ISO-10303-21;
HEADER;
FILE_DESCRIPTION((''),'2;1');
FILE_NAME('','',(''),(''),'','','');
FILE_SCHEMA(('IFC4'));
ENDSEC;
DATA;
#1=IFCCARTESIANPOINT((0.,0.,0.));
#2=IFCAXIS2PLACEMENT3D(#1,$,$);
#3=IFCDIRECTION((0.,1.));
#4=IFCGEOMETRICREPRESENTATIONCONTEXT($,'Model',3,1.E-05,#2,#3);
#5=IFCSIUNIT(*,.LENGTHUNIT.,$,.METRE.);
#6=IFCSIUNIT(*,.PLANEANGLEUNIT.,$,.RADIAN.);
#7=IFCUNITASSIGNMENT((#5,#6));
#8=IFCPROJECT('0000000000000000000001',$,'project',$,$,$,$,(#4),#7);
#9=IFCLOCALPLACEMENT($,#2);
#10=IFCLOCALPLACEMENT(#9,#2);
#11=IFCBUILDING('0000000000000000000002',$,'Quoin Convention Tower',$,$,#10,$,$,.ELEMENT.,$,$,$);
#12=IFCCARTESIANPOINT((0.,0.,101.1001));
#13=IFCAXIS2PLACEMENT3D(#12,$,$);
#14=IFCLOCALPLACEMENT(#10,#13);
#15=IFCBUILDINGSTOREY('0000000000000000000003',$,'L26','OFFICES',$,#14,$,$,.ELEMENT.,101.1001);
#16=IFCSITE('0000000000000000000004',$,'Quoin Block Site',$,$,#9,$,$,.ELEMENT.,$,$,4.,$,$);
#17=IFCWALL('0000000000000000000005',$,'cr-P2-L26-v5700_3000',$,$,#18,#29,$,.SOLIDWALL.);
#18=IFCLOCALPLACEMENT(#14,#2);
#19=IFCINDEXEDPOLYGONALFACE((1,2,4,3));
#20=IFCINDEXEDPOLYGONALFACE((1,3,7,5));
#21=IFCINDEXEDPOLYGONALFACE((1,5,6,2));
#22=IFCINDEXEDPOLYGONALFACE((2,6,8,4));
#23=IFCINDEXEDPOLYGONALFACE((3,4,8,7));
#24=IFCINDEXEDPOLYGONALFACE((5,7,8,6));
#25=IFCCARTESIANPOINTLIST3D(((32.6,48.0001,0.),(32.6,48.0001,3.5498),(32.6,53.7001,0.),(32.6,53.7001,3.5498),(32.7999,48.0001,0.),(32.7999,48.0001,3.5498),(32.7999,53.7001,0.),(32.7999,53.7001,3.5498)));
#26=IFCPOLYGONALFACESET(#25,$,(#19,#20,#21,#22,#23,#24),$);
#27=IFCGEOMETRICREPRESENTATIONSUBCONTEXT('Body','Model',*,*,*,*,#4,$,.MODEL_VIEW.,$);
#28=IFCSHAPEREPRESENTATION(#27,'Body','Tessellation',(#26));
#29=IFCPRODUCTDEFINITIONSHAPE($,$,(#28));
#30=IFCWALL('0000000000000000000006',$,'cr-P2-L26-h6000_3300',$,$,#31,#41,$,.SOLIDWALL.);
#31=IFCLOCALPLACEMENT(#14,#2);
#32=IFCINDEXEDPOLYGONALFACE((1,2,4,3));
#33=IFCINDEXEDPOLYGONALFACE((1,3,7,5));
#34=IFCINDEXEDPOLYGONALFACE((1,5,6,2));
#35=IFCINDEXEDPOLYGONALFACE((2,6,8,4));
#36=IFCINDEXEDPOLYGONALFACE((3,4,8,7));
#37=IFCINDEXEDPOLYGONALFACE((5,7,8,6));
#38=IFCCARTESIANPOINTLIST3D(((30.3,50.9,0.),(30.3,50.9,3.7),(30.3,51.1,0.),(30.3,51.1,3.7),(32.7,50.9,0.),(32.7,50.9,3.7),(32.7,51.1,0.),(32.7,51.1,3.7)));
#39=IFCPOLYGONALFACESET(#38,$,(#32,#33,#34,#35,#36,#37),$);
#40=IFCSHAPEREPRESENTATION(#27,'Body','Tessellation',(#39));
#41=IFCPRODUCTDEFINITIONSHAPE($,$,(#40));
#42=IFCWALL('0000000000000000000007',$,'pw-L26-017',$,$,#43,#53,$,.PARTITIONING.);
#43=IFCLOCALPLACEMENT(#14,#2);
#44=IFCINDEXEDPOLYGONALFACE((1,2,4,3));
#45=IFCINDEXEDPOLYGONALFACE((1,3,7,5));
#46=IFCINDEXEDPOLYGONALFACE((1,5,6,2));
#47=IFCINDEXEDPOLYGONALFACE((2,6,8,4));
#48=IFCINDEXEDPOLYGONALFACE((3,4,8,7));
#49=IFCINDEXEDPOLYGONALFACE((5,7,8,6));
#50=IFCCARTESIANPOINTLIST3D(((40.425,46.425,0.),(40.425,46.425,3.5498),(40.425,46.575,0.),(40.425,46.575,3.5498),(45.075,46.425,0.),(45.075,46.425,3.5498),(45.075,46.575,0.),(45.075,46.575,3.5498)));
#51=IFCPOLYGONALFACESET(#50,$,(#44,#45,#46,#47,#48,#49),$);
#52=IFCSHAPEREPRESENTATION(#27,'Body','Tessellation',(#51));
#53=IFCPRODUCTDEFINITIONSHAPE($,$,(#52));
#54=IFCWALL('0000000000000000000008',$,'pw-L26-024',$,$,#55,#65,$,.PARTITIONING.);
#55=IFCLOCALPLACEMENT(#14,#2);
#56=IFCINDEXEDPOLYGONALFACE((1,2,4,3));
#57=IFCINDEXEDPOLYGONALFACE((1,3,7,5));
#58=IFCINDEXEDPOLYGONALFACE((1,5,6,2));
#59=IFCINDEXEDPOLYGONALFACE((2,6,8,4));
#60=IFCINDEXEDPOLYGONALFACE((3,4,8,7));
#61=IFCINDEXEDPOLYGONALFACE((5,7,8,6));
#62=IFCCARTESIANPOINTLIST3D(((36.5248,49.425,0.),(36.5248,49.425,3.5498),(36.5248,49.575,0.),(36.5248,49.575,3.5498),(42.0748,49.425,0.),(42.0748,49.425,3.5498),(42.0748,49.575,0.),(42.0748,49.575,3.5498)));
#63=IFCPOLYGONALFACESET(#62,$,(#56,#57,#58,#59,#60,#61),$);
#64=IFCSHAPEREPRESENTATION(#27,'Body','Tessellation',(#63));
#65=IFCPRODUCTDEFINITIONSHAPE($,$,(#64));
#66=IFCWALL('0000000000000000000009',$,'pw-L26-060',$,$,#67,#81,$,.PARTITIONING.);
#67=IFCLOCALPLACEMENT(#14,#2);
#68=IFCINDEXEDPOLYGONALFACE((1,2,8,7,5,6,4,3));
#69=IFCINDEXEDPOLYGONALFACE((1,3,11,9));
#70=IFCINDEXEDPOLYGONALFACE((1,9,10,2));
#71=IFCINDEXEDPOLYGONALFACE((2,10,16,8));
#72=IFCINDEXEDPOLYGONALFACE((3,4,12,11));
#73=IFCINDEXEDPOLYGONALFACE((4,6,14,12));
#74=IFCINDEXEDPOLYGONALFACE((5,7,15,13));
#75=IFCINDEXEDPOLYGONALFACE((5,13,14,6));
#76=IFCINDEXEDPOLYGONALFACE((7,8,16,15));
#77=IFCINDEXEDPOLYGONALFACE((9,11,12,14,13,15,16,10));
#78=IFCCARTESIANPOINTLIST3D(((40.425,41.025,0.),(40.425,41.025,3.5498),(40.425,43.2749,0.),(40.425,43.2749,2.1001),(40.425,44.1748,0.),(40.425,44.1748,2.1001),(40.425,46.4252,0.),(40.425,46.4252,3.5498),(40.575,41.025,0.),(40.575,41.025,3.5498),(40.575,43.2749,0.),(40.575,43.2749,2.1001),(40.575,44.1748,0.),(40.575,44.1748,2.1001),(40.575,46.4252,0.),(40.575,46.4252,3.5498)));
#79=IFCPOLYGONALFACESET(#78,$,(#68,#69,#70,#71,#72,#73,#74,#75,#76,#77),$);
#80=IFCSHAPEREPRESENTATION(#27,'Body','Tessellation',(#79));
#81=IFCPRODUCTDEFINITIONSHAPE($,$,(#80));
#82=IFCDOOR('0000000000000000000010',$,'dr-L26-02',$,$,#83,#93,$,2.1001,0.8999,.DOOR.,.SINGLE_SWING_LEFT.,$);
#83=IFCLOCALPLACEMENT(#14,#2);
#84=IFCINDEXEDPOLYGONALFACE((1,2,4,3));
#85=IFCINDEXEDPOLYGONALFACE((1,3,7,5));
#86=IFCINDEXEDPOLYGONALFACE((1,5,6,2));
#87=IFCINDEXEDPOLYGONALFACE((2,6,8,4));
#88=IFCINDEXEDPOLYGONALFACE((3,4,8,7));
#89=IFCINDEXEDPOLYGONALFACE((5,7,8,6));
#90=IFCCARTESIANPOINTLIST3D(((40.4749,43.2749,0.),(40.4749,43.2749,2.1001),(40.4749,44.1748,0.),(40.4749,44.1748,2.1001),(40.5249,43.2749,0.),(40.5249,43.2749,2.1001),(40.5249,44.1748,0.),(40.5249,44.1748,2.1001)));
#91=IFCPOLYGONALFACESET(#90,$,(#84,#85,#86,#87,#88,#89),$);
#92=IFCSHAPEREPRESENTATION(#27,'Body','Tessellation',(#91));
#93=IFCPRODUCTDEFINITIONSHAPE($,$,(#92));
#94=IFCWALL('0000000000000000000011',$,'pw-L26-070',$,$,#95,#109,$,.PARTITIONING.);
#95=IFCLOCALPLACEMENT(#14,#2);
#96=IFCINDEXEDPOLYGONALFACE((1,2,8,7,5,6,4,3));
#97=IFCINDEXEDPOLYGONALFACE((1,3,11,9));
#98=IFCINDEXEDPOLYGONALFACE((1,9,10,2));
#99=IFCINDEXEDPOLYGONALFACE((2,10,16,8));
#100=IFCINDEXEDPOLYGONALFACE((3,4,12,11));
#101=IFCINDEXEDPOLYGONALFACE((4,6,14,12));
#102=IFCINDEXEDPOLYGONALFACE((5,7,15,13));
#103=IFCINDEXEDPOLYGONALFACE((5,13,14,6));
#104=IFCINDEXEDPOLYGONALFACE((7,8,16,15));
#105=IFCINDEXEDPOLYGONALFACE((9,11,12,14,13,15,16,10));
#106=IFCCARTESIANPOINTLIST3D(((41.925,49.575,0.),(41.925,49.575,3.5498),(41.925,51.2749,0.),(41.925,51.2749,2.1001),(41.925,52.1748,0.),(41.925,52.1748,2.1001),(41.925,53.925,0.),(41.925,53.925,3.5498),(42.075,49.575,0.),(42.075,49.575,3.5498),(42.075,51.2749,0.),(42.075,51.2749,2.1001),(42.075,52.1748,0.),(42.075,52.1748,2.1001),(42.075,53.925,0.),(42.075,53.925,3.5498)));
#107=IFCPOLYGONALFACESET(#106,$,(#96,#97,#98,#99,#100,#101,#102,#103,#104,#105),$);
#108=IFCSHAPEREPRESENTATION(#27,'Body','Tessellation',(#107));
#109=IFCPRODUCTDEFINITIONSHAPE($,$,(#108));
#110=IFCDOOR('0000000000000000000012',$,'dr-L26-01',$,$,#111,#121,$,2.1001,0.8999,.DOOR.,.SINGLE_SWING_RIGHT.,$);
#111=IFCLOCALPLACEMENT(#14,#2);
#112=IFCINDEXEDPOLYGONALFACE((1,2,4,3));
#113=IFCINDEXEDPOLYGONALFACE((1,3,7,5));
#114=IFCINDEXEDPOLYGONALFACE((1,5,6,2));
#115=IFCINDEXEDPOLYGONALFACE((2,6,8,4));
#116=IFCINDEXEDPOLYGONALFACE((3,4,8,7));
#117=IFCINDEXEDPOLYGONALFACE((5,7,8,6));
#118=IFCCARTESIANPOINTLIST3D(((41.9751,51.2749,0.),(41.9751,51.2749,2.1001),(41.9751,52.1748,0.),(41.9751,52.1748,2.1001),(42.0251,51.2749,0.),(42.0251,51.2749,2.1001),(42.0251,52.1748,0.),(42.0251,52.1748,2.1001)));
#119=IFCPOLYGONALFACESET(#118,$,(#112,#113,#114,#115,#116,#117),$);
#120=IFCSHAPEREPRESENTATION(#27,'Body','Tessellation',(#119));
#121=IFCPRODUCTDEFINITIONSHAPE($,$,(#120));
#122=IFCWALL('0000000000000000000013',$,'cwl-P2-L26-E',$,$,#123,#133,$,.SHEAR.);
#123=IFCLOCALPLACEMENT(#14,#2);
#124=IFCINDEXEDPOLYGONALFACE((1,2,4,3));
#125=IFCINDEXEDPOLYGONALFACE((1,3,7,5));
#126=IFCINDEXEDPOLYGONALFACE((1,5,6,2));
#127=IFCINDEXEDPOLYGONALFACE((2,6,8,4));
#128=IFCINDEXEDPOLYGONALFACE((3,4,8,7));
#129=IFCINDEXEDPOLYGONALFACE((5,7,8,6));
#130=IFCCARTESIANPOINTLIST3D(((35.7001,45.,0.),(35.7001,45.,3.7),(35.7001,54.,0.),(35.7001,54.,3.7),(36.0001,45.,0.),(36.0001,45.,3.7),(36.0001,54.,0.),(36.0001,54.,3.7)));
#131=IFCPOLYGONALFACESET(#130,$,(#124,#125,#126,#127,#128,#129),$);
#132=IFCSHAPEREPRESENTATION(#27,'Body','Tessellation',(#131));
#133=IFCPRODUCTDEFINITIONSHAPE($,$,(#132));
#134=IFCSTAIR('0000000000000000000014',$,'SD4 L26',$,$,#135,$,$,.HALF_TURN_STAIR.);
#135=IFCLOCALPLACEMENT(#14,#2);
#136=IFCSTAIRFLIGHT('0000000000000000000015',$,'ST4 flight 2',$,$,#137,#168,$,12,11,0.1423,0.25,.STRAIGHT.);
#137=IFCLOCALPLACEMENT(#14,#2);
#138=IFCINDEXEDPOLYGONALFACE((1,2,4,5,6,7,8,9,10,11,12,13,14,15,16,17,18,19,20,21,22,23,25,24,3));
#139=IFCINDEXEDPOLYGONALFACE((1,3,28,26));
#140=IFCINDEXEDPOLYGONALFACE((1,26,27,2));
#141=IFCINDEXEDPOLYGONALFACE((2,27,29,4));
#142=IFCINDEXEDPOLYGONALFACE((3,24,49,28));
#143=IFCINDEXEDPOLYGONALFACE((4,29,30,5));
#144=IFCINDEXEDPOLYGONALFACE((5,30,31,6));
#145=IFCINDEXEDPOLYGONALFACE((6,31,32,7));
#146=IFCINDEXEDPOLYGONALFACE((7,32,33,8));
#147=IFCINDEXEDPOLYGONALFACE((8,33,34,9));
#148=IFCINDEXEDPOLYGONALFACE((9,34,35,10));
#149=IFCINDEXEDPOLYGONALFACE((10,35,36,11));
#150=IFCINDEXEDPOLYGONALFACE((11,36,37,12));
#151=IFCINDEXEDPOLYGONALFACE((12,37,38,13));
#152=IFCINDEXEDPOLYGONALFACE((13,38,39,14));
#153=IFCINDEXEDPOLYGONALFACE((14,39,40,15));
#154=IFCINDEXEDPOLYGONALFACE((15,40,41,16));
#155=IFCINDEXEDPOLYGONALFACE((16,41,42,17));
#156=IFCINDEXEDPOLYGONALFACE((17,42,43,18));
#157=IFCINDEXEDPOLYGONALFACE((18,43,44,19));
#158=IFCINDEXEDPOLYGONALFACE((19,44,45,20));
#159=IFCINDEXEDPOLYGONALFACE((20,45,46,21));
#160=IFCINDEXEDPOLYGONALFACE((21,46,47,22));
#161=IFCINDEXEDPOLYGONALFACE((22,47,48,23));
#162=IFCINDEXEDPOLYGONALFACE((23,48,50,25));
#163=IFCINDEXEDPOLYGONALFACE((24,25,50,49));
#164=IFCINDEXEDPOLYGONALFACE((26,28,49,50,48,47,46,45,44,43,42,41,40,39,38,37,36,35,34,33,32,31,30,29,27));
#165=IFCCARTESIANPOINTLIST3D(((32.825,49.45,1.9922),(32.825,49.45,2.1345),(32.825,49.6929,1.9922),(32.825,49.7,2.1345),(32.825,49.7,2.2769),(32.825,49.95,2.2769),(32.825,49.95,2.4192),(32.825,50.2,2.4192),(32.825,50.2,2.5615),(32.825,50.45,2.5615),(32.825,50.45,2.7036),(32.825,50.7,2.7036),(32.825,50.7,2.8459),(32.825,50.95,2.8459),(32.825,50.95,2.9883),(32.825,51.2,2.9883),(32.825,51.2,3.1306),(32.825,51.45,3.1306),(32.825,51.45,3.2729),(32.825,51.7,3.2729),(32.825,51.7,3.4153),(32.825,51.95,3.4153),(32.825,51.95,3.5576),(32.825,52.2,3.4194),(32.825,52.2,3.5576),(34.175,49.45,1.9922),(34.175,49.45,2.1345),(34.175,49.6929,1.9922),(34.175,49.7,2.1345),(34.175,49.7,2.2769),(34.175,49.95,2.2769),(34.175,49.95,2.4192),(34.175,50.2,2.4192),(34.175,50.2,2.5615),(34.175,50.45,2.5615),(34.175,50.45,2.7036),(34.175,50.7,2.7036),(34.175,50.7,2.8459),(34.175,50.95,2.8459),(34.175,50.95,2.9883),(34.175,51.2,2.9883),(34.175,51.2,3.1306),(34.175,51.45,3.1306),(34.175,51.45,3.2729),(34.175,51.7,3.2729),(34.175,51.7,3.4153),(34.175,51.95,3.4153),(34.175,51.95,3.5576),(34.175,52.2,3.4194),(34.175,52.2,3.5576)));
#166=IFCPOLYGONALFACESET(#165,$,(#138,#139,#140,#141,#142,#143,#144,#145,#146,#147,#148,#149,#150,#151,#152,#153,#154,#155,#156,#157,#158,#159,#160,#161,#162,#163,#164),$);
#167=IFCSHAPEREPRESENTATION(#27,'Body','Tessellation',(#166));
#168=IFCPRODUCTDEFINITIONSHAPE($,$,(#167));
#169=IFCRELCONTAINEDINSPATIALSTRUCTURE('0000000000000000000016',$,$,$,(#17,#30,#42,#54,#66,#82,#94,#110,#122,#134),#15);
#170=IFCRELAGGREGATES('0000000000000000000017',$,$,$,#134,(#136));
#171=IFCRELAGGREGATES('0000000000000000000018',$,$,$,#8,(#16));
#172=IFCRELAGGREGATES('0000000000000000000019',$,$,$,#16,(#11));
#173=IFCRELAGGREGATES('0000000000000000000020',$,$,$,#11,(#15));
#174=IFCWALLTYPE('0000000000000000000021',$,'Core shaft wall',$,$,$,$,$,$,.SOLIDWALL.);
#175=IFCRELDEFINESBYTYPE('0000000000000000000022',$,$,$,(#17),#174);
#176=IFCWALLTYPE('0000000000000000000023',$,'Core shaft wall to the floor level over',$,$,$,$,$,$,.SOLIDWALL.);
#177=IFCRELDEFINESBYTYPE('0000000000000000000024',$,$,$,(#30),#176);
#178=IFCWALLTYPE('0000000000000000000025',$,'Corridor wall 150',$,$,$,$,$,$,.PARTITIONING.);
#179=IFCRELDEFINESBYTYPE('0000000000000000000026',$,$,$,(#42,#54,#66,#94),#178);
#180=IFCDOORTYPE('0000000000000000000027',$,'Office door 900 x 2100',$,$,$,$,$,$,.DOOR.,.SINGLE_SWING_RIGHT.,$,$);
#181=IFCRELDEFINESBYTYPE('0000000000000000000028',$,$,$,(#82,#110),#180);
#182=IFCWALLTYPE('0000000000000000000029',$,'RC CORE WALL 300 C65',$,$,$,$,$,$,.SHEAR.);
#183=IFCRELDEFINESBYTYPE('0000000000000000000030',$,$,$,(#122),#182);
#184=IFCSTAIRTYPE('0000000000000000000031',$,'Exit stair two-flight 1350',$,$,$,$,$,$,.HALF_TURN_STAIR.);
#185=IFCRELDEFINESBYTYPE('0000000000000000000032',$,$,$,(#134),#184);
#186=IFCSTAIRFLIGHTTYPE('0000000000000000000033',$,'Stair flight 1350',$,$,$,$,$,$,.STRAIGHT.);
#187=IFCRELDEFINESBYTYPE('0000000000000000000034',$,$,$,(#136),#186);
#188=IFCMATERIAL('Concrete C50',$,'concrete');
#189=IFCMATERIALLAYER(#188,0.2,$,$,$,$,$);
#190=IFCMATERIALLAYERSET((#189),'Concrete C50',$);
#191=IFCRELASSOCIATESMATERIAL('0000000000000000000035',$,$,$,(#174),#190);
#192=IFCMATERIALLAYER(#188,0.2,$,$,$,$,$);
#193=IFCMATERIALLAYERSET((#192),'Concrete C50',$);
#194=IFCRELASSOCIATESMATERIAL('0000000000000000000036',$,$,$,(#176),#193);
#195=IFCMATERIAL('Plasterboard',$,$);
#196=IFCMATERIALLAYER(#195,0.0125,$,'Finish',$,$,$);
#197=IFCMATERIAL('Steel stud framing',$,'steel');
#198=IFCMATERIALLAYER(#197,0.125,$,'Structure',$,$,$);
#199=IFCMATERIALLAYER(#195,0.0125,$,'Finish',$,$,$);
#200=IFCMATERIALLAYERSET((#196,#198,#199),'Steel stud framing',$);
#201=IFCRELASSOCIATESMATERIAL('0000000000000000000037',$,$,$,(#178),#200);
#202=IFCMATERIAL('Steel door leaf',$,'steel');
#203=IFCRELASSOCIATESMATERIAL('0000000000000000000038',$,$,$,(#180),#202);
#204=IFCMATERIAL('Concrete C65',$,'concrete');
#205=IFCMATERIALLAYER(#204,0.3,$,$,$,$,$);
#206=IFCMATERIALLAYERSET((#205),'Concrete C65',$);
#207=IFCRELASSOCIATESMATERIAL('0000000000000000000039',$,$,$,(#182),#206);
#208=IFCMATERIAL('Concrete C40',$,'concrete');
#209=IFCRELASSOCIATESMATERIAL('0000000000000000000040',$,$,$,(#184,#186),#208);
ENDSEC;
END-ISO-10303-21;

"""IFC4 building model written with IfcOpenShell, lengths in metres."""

from ifc_helpers import new_model, si_unit, direction, frame, frame_2d, origin, place, context, subcontext, project, spatial, polyline, rectangle, outline, extrude, material, layer, layer_set, type_object, element, fill, aggregate, save


model = new_model("IFC4")

# Units and contexts
model_context = context("Model", 3, precision=1e-05, world=origin(), true_north=direction((0.0, 1.0)))
body_context = subcontext(model_context, "Body", "Model", "MODEL_VIEW")
ifc_project = project(units=[si_unit("LENGTHUNIT", "METRE"), si_unit("PLANEANGLEUNIT", "RADIAN")], contexts=[model_context])

# Site, building, storey
site_placement = place(None, origin())
site = spatial("IfcSite", under=ifc_project, at=site_placement, Name="Quoin Block Site", CompositionType="ELEMENT", RefElevation=4.0)
building_placement = place(site_placement, origin())
building = spatial("IfcBuilding", under=site, at=building_placement, Name="Quoin Convention Tower", CompositionType="ELEMENT")
storey_placement = place(building_placement, frame((0.0, 0.0, 101.1001)))
storey = spatial("IfcBuildingStorey", under=building, at=storey_placement, Name="L26", Description="OFFICES", CompositionType="ELEMENT", Elevation=101.1001)

# Shared definitions
ifc_material_1 = material(Name="Concrete C65", Category="concrete")

# Walls
ifc_material_2 = material(Name="Concrete C50", Category="concrete")
ifc_layer_1 = layer(ifc_material_2, 0.2)
ifc_layer_set_1 = layer_set([ifc_layer_1], Name="Concrete C50")
wall_type_1 = type_object("IfcWallType", Name="Core shaft wall", PredefinedType="SOLIDWALL", material=ifc_layer_set_1)
wall_1_placement = place(storey_placement, frame((32.7, 48.0, 0.0), z_axis=(0.0, 0.0, 1.0), x_axis=(0.0, 1.0, 0.0)))
element("IfcWall", 1, at=wall_1_placement, inside=storey, type_object=wall_type_1, Name="cr-P2-L26-v5700_3000", PredefinedType="SOLIDWALL", context=body_context, shape_type="SweptSolid", body=[
    extrude(rectangle(XDim=5.7, YDim=0.2, at=frame_2d((2.8501, 0.0))), origin(), (0.0, 0.0, 1.0), 3.5498),
])
ifc_layer_2 = layer(ifc_material_2, 0.2)
ifc_layer_set_2 = layer_set([ifc_layer_2], Name="Concrete C50")
wall_type_2 = type_object("IfcWallType", Name="Core shaft wall to the floor level over", PredefinedType="SOLIDWALL", material=ifc_layer_set_2)
wall_2_placement = place(storey_placement, frame((30.3, 51.0, 0.0), z_axis=(0.0, 0.0, 1.0), x_axis=(1.0, 0.0, 0.0)))
element("IfcWall", 2, at=wall_2_placement, inside=storey, type_object=wall_type_2, Name="cr-P2-L26-h6000_3300", PredefinedType="SOLIDWALL", context=body_context, shape_type="SweptSolid", body=[
    extrude(rectangle(XDim=2.3999, YDim=0.2, at=frame_2d((1.2, 0.0))), origin(), (0.0, 0.0, 1.0), 3.7),
])
ifc_material_3 = material(Name="Plasterboard")
ifc_layer_3 = layer(ifc_material_3, 0.0125, Name="Finish")
ifc_material_4 = material(Name="Steel stud framing", Category="steel")
ifc_layer_4 = layer(ifc_material_4, 0.125, Name="Structure")
ifc_layer_5 = layer(ifc_material_3, 0.0125, Name="Finish")
ifc_layer_set_3 = layer_set([ifc_layer_3, ifc_layer_4, ifc_layer_5], Name="Steel stud framing")
wall_type_3 = type_object("IfcWallType", Name="Corridor wall 150", PredefinedType="PARTITIONING", material=ifc_layer_set_3)
wall_3_placement = place(storey_placement, frame((40.425, 46.5, 0.0), z_axis=(0.0, 0.0, 1.0), x_axis=(1.0, 0.0, 0.0)))
element("IfcWall", 3, at=wall_3_placement, inside=storey, type_object=wall_type_3, Name="pw-L26-017", PredefinedType="PARTITIONING", context=body_context, shape_type="SweptSolid", body=[
    extrude(rectangle(XDim=4.6499, YDim=0.1499, at=frame_2d((2.325, 0.0))), origin(), (0.0, 0.0, 1.0), 3.5498),
])
wall_4_placement = place(storey_placement, frame((36.5249, 49.5, 0.0), z_axis=(0.0, 0.0, 1.0), x_axis=(1.0, 0.0, 0.0)))
element("IfcWall", 4, at=wall_4_placement, inside=storey, type_object=wall_type_3, Name="pw-L26-024", PredefinedType="PARTITIONING", context=body_context, shape_type="SweptSolid", body=[
    extrude(rectangle(XDim=5.55, YDim=0.1499, at=frame_2d((2.7749, 0.0))), origin(), (0.0, 0.0, 1.0), 3.5498),
])

# Walls, openings, doors
wall_5_placement = place(storey_placement, frame((40.5, 41.0249, 0.0), z_axis=(0.0, 0.0, 1.0), x_axis=(0.0, 1.0, 0.0)))
wall_5 = element("IfcWall", 5, at=wall_5_placement, inside=storey, type_object=wall_type_3, Name="pw-L26-060", PredefinedType="PARTITIONING", context=body_context, shape_type="SweptSolid", body=[
    extrude(rectangle(XDim=5.4001, YDim=0.1499, at=frame_2d((2.7002, 0.0))), origin(), (0.0, 0.0, 1.0), 3.5498),
])
opening_1_placement = place(wall_5_placement, frame((2.25, 0.0, 0.0)))
opening_1 = element("IfcOpeningElement", 6, at=opening_1_placement, cuts=wall_5, PredefinedType="OPENING", context=body_context, shape_type="SweptSolid", body=[
    extrude(rectangle(XDim=0.8999, YDim=2.1001, at=frame_2d((0.45, 1.05))), frame((0.0, 0.085, 0.0), z_axis=(0.0, -1.0, 0.0), x_axis=(1.0, 0.0, 0.0)), (0.0, 0.0, 1.0), 0.1699),
])
ifc_material_5 = material(Name="Steel door leaf", Category="steel")
door_type = type_object("IfcDoorType", Name="Office door 900 x 2100", OperationType="SINGLE_SWING_RIGHT", PredefinedType="DOOR", material=ifc_material_5)
door_1_placement = place(opening_1_placement, frame((0.8999, 0.0, 0.0), z_axis=(0.0, 0.0, 1.0), x_axis=(-1.0, 0.0, 0.0)))
door_1 = element("IfcDoor", 7, at=door_1_placement, inside=storey, type_object=door_type, Name="dr-L26-02", OperationType="SINGLE_SWING_LEFT", OverallHeight=2.1001, OverallWidth=0.8999, PredefinedType="DOOR", context=body_context, shape_type="SweptSolid", body=[
    extrude(rectangle(XDim=0.8999, YDim=2.1001, at=frame_2d((0.45, 1.05))), frame((0.0, 0.0249, 0.0), z_axis=(0.0, -1.0, 0.0), x_axis=(1.0, 0.0, 0.0)), (0.0, 0.0, 1.0), 0.05),
])
fill(opening_1, door_1)
wall_6_placement = place(storey_placement, frame((42.0, 49.575, 0.0), z_axis=(0.0, 0.0, 1.0), x_axis=(0.0, 1.0, 0.0)))
wall_6 = element("IfcWall", 8, at=wall_6_placement, inside=storey, type_object=wall_type_3, Name="pw-L26-070", PredefinedType="PARTITIONING", context=body_context, shape_type="SweptSolid", body=[
    extrude(rectangle(XDim=4.3501, YDim=0.1499, at=frame_2d((2.175, 0.0))), origin(), (0.0, 0.0, 1.0), 3.5498),
])
opening_2_placement = place(wall_6_placement, frame((1.7, 0.0, 0.0)))
opening_2 = element("IfcOpeningElement", 9, at=opening_2_placement, cuts=wall_6, PredefinedType="OPENING", context=body_context, shape_type="SweptSolid", body=[
    extrude(rectangle(XDim=0.8999, YDim=2.1001, at=frame_2d((0.45, 1.05))), frame((0.0, 0.085, 0.0), z_axis=(0.0, -1.0, 0.0), x_axis=(1.0, 0.0, 0.0)), (0.0, 0.0, 1.0), 0.1699),
])
door_2_placement = place(opening_2_placement, origin())
door_2 = element("IfcDoor", 10, at=door_2_placement, inside=storey, type_object=door_type, Name="dr-L26-01", OperationType="SINGLE_SWING_RIGHT", OverallHeight=2.1001, OverallWidth=0.8999, PredefinedType="DOOR", context=body_context, shape_type="SweptSolid", body=[
    extrude(rectangle(XDim=0.8999, YDim=2.1001, at=frame_2d((0.45, 1.05))), frame((0.0, 0.0249, 0.0), z_axis=(0.0, -1.0, 0.0), x_axis=(1.0, 0.0, 0.0)), (0.0, 0.0, 1.0), 0.05),
])
fill(opening_2, door_2)

# Wall
ifc_layer_6 = layer(ifc_material_1, 0.3)
ifc_layer_set_4 = layer_set([ifc_layer_6], Name="Concrete C65")
wall_type_4 = type_object("IfcWallType", Name="RC CORE WALL 300 C65", PredefinedType="SHEAR", material=ifc_layer_set_4)
wall_7_placement = place(storey_placement, frame((35.8501, 45.0, 0.0), z_axis=(0.0, 0.0, 1.0), x_axis=(0.0, 1.0, 0.0)))
element("IfcWall", 11, at=wall_7_placement, inside=storey, type_object=wall_type_4, Name="cwl-P2-L26-E", PredefinedType="SHEAR", context=body_context, shape_type="SweptSolid", body=[
    extrude(rectangle(XDim=9.0, YDim=0.3, at=frame_2d((4.5, 0.0))), origin(), (0.0, 0.0, 1.0), 3.7),
])

# Stair, stair flight
ifc_material_6 = material(Name="Concrete C40", Category="concrete")
stair_type = type_object("IfcStairType", Name="Exit stair two-flight 1350", PredefinedType="HALF_TURN_STAIR", material=ifc_material_6)
stair_placement = place(storey_placement, origin())
stair = element("IfcStair", 12, at=stair_placement, inside=storey, type_object=stair_type, Name="SD4 L26", PredefinedType="HALF_TURN_STAIR")
stair_flight_type = type_object("IfcStairFlightType", Name="Stair flight 1350", PredefinedType="STRAIGHT", material=ifc_material_6)
stair_flight_placement = place(storey_placement, frame((33.5, 49.45, 1.9922), z_axis=(0.0, 0.0, 1.0), x_axis=(0.0, 1.0, 0.0)))
stair_flight = element("IfcStairFlight", 13, at=stair_flight_placement, type_object=stair_flight_type, Name="ST4 flight 2", NumberOfRisers=12, NumberOfTreads=11, PredefinedType="STRAIGHT", RiserHeight=0.1423, TreadLength=0.25, context=body_context, shape_type="SweptSolid", body=[
    extrude(outline(polyline([(0.0, 0.0), (0.0, 0.1423), (0.25, 0.1423), (0.25, 0.2847), (0.5, 0.2847), (0.5, 0.427), (0.75, 0.427), (0.75, 0.5693), (1.0, 0.5693), (1.0, 0.7114), (1.25, 0.7114), (1.25, 0.8538), (1.5, 0.8538), (1.5, 0.9961), (1.75, 0.9961), (1.75, 1.1384), (2.0, 1.1384), (2.0, 1.2808), (2.25, 1.2808), (2.25, 1.4231), (2.5, 1.4231), (2.5, 1.5654), (2.75, 1.5654), (2.75, 1.7078), (2.75, 1.4272), (0.2429, 0.0), (0.0, 0.0)])), frame((0.0, 0.675, 0.0), z_axis=(0.0, -1.0, 0.0), x_axis=(1.0, 0.0, 0.0)), (0.0, 0.0, 1.0), 1.3501),
])
aggregate(stair, [stair_flight])

save(model, "model.ifc")
